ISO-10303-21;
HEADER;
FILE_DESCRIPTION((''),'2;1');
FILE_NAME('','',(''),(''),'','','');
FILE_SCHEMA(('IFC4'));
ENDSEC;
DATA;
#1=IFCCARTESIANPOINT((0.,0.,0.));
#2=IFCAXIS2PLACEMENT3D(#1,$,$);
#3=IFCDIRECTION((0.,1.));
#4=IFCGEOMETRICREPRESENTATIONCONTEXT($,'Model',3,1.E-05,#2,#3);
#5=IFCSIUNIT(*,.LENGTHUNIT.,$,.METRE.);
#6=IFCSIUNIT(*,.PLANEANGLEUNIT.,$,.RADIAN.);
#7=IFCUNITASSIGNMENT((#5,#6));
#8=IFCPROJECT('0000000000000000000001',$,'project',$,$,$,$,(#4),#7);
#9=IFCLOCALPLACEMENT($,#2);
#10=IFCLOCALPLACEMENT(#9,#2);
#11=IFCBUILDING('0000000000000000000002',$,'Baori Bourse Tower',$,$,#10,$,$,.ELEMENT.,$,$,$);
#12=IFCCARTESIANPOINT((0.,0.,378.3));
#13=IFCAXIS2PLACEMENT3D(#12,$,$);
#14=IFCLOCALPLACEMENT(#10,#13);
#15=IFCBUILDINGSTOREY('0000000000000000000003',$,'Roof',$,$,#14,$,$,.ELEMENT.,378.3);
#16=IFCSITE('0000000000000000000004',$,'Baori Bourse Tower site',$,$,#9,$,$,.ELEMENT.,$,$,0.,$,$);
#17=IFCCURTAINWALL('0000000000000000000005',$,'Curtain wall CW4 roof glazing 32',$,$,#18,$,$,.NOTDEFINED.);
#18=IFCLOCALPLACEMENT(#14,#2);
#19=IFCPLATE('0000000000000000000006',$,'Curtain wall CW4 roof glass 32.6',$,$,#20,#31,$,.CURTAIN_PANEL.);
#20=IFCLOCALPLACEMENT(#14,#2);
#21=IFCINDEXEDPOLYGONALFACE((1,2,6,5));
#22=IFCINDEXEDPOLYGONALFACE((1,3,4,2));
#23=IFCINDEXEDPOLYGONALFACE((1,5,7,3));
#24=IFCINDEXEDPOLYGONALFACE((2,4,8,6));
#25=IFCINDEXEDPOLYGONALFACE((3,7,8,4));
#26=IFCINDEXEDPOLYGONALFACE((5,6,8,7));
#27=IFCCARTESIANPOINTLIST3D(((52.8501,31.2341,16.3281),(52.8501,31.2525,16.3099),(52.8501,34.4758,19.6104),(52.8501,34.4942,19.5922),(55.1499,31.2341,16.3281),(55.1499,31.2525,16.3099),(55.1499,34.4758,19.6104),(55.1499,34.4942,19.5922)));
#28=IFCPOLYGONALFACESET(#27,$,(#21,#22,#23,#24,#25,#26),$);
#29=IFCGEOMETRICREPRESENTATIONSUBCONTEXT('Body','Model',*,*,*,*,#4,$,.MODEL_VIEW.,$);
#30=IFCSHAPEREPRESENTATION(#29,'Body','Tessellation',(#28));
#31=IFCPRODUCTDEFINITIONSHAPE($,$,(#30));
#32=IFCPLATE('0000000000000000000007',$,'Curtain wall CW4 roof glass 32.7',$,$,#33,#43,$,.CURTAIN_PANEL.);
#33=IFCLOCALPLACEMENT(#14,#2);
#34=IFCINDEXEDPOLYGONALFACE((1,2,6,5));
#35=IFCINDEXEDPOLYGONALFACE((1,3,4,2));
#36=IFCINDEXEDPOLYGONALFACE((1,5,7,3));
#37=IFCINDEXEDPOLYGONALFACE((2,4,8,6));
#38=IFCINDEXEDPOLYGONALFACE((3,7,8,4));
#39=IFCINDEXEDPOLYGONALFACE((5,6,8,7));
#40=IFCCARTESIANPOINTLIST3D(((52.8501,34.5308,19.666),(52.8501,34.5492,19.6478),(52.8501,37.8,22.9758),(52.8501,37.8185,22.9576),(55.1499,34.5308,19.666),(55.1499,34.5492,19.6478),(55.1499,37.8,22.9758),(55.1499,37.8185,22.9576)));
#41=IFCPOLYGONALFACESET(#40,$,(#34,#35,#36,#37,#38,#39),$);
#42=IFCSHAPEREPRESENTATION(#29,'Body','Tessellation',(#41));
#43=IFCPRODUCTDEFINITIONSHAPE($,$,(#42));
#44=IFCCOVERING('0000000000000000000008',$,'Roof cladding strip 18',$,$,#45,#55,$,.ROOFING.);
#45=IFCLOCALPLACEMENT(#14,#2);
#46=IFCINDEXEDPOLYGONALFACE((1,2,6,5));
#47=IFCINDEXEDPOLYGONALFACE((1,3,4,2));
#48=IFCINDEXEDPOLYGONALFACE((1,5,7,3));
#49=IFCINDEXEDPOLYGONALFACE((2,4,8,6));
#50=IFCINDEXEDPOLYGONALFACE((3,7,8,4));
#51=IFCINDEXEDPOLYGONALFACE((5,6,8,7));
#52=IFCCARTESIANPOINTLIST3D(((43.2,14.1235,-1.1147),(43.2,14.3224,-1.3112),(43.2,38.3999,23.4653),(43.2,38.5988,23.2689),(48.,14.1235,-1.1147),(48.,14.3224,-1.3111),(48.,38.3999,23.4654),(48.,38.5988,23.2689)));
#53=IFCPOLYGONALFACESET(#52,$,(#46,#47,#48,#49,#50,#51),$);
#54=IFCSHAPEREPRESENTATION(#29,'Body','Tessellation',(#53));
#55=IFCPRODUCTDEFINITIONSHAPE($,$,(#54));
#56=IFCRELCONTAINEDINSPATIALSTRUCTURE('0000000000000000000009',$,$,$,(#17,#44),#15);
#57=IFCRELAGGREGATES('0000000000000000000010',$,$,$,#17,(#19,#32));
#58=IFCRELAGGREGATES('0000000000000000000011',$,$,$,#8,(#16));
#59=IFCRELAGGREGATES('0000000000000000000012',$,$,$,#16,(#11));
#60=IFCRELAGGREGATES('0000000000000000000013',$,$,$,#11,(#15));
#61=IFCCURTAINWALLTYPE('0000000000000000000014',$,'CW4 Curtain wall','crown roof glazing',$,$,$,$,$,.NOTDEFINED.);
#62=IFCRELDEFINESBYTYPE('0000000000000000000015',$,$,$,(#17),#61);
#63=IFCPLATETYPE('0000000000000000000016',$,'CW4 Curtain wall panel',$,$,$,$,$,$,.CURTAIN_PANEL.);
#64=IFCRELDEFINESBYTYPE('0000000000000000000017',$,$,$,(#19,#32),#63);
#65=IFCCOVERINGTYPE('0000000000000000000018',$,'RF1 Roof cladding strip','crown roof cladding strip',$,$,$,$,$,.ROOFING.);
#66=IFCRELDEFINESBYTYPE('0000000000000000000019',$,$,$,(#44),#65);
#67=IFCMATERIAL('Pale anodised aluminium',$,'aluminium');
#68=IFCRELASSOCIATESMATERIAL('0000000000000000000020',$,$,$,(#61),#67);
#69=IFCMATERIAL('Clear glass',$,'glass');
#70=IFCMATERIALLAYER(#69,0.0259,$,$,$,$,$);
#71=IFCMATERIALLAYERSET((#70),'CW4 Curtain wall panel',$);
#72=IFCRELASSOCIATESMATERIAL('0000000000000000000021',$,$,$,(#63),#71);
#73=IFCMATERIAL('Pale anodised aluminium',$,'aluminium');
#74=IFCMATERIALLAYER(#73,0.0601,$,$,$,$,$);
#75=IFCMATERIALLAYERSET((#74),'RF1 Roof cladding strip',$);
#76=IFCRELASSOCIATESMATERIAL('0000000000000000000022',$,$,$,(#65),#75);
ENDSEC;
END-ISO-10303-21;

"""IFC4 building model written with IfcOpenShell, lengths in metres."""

from ifc_helpers import new_model, si_unit, direction, frame, origin, place, context, subcontext, project, spatial, polyline, outline, extrude, material, layer, layer_set, type_object, element, aggregate, save


model = new_model("IFC4")

# Units and contexts
model_context = context("Model", 3, precision=1e-05, world=origin(), true_north=direction((0.0, 1.0)))
body_context = subcontext(model_context, "Body", "Model", "MODEL_VIEW")
ifc_project = project(units=[si_unit("LENGTHUNIT", "METRE"), si_unit("PLANEANGLEUNIT", "RADIAN")], contexts=[model_context])

# Site, building, storey
site_placement = place(None, origin())
site = spatial("IfcSite", under=ifc_project, at=site_placement, Name="Baori Bourse Tower site", CompositionType="ELEMENT", RefElevation=0.0)
building_placement = place(site_placement, origin())
building = spatial("IfcBuilding", under=site, at=building_placement, Name="Baori Bourse Tower", CompositionType="ELEMENT")
storey_placement = place(building_placement, frame((0.0, 0.0, 378.3)))
storey = spatial("IfcBuildingStorey", under=building, at=storey_placement, Name="Roof", CompositionType="ELEMENT", Elevation=378.3)

# Curtain wall
ifc_material_1 = material(Name="Pale anodised aluminium", Category="aluminium")
curtain_wall_type_1 = type_object("IfcCurtainWallType", Name="CW4 Curtain wall", Description="crown roof glazing", PredefinedType="NOTDEFINED", material=ifc_material_1)
curtain_wall_1_placement = place(storey_placement, origin())
curtain_wall_1 = element("IfcCurtainWall", 1, at=curtain_wall_1_placement, inside=storey, type_object=curtain_wall_type_1, Name="Curtain wall CW4 roof glazing 32", PredefinedType="NOTDEFINED")

# Plates
ifc_material_2 = material(Name="Clear glass", Category="glass")
ifc_layer_1 = layer(ifc_material_2, 0.0259)
ifc_layer_set_1 = layer_set([ifc_layer_1], Name="CW4 Curtain wall panel")
plate_type_1 = type_object("IfcPlateType", Name="CW4 Curtain wall panel", PredefinedType="CURTAIN_PANEL", material=ifc_layer_set_1)
plate_1_placement = place(storey_placement, frame((52.8501, 31.2341, 16.3281), z_axis=(0.0, -0.711486, 0.702701), x_axis=(1.0, 0.0, 0.0)))
plate_1 = element("IfcPlate", 2, at=plate_1_placement, type_object=plate_type_1, Name="Curtain wall CW4 roof glass 32.6", PredefinedType="CURTAIN_PANEL", context=body_context, shape_type="SweptSolid", body=[
    extrude(outline(polyline([(0.0, 0.0), (2.2998, 0.0), (2.2998, 4.6132), (0.0, 4.6132), (0.0, 0.0)])), origin(), (0.0, 0.0, -1.0), 0.0259),
])
plate_2_placement = place(storey_placement, frame((52.8501, 34.5308, 19.666), z_axis=(0.0, -0.711449, 0.702738), x_axis=(1.0, 0.0, 0.0)))
plate_2 = element("IfcPlate", 3, at=plate_2_placement, type_object=plate_type_1, Name="Curtain wall CW4 roof glass 32.7", PredefinedType="CURTAIN_PANEL", context=body_context, shape_type="SweptSolid", body=[
    extrude(outline(polyline([(0.0, 0.0), (2.2998, 0.0), (2.2998, 4.6522), (0.0, 4.6522), (0.0, 0.0)])), origin(), (0.0, 0.0, -1.0), 0.0259),
])
aggregate(curtain_wall_1, [plate_1, plate_2])

# Covering
ifc_material_3 = material(Name="Pale anodised aluminium", Category="aluminium")
ifc_layer_2 = layer(ifc_material_3, 0.0601)
ifc_layer_set_2 = layer_set([ifc_layer_2], Name="RF1 Roof cladding strip")
covering_type = type_object("IfcCoveringType", Name="RF1 Roof cladding strip", Description="crown roof cladding strip", PredefinedType="ROOFING", material=ifc_layer_set_2)
covering_placement = place(storey_placement, frame((43.2, 38.3999, 23.4653), z_axis=(-0.00001, -0.711489, 0.702698), x_axis=(0.0, 0.702698, 0.711489)))
element("IfcCovering", 4, at=covering_placement, inside=storey, type_object=covering_type, Name="Roof cladding strip 18", PredefinedType="ROOFING", context=body_context, shape_type="SweptSolid", body=[
    extrude(outline(polyline([(0.0, 0.0), (0.0711, 0.0), (-34.5474, 0.0), (-34.5474, -4.8), (0.0, -4.8), (0.0, 0.0)])), origin(), (0.0, 0.0, -1.0), 0.2795),
])

save(model, "model.ifc")
